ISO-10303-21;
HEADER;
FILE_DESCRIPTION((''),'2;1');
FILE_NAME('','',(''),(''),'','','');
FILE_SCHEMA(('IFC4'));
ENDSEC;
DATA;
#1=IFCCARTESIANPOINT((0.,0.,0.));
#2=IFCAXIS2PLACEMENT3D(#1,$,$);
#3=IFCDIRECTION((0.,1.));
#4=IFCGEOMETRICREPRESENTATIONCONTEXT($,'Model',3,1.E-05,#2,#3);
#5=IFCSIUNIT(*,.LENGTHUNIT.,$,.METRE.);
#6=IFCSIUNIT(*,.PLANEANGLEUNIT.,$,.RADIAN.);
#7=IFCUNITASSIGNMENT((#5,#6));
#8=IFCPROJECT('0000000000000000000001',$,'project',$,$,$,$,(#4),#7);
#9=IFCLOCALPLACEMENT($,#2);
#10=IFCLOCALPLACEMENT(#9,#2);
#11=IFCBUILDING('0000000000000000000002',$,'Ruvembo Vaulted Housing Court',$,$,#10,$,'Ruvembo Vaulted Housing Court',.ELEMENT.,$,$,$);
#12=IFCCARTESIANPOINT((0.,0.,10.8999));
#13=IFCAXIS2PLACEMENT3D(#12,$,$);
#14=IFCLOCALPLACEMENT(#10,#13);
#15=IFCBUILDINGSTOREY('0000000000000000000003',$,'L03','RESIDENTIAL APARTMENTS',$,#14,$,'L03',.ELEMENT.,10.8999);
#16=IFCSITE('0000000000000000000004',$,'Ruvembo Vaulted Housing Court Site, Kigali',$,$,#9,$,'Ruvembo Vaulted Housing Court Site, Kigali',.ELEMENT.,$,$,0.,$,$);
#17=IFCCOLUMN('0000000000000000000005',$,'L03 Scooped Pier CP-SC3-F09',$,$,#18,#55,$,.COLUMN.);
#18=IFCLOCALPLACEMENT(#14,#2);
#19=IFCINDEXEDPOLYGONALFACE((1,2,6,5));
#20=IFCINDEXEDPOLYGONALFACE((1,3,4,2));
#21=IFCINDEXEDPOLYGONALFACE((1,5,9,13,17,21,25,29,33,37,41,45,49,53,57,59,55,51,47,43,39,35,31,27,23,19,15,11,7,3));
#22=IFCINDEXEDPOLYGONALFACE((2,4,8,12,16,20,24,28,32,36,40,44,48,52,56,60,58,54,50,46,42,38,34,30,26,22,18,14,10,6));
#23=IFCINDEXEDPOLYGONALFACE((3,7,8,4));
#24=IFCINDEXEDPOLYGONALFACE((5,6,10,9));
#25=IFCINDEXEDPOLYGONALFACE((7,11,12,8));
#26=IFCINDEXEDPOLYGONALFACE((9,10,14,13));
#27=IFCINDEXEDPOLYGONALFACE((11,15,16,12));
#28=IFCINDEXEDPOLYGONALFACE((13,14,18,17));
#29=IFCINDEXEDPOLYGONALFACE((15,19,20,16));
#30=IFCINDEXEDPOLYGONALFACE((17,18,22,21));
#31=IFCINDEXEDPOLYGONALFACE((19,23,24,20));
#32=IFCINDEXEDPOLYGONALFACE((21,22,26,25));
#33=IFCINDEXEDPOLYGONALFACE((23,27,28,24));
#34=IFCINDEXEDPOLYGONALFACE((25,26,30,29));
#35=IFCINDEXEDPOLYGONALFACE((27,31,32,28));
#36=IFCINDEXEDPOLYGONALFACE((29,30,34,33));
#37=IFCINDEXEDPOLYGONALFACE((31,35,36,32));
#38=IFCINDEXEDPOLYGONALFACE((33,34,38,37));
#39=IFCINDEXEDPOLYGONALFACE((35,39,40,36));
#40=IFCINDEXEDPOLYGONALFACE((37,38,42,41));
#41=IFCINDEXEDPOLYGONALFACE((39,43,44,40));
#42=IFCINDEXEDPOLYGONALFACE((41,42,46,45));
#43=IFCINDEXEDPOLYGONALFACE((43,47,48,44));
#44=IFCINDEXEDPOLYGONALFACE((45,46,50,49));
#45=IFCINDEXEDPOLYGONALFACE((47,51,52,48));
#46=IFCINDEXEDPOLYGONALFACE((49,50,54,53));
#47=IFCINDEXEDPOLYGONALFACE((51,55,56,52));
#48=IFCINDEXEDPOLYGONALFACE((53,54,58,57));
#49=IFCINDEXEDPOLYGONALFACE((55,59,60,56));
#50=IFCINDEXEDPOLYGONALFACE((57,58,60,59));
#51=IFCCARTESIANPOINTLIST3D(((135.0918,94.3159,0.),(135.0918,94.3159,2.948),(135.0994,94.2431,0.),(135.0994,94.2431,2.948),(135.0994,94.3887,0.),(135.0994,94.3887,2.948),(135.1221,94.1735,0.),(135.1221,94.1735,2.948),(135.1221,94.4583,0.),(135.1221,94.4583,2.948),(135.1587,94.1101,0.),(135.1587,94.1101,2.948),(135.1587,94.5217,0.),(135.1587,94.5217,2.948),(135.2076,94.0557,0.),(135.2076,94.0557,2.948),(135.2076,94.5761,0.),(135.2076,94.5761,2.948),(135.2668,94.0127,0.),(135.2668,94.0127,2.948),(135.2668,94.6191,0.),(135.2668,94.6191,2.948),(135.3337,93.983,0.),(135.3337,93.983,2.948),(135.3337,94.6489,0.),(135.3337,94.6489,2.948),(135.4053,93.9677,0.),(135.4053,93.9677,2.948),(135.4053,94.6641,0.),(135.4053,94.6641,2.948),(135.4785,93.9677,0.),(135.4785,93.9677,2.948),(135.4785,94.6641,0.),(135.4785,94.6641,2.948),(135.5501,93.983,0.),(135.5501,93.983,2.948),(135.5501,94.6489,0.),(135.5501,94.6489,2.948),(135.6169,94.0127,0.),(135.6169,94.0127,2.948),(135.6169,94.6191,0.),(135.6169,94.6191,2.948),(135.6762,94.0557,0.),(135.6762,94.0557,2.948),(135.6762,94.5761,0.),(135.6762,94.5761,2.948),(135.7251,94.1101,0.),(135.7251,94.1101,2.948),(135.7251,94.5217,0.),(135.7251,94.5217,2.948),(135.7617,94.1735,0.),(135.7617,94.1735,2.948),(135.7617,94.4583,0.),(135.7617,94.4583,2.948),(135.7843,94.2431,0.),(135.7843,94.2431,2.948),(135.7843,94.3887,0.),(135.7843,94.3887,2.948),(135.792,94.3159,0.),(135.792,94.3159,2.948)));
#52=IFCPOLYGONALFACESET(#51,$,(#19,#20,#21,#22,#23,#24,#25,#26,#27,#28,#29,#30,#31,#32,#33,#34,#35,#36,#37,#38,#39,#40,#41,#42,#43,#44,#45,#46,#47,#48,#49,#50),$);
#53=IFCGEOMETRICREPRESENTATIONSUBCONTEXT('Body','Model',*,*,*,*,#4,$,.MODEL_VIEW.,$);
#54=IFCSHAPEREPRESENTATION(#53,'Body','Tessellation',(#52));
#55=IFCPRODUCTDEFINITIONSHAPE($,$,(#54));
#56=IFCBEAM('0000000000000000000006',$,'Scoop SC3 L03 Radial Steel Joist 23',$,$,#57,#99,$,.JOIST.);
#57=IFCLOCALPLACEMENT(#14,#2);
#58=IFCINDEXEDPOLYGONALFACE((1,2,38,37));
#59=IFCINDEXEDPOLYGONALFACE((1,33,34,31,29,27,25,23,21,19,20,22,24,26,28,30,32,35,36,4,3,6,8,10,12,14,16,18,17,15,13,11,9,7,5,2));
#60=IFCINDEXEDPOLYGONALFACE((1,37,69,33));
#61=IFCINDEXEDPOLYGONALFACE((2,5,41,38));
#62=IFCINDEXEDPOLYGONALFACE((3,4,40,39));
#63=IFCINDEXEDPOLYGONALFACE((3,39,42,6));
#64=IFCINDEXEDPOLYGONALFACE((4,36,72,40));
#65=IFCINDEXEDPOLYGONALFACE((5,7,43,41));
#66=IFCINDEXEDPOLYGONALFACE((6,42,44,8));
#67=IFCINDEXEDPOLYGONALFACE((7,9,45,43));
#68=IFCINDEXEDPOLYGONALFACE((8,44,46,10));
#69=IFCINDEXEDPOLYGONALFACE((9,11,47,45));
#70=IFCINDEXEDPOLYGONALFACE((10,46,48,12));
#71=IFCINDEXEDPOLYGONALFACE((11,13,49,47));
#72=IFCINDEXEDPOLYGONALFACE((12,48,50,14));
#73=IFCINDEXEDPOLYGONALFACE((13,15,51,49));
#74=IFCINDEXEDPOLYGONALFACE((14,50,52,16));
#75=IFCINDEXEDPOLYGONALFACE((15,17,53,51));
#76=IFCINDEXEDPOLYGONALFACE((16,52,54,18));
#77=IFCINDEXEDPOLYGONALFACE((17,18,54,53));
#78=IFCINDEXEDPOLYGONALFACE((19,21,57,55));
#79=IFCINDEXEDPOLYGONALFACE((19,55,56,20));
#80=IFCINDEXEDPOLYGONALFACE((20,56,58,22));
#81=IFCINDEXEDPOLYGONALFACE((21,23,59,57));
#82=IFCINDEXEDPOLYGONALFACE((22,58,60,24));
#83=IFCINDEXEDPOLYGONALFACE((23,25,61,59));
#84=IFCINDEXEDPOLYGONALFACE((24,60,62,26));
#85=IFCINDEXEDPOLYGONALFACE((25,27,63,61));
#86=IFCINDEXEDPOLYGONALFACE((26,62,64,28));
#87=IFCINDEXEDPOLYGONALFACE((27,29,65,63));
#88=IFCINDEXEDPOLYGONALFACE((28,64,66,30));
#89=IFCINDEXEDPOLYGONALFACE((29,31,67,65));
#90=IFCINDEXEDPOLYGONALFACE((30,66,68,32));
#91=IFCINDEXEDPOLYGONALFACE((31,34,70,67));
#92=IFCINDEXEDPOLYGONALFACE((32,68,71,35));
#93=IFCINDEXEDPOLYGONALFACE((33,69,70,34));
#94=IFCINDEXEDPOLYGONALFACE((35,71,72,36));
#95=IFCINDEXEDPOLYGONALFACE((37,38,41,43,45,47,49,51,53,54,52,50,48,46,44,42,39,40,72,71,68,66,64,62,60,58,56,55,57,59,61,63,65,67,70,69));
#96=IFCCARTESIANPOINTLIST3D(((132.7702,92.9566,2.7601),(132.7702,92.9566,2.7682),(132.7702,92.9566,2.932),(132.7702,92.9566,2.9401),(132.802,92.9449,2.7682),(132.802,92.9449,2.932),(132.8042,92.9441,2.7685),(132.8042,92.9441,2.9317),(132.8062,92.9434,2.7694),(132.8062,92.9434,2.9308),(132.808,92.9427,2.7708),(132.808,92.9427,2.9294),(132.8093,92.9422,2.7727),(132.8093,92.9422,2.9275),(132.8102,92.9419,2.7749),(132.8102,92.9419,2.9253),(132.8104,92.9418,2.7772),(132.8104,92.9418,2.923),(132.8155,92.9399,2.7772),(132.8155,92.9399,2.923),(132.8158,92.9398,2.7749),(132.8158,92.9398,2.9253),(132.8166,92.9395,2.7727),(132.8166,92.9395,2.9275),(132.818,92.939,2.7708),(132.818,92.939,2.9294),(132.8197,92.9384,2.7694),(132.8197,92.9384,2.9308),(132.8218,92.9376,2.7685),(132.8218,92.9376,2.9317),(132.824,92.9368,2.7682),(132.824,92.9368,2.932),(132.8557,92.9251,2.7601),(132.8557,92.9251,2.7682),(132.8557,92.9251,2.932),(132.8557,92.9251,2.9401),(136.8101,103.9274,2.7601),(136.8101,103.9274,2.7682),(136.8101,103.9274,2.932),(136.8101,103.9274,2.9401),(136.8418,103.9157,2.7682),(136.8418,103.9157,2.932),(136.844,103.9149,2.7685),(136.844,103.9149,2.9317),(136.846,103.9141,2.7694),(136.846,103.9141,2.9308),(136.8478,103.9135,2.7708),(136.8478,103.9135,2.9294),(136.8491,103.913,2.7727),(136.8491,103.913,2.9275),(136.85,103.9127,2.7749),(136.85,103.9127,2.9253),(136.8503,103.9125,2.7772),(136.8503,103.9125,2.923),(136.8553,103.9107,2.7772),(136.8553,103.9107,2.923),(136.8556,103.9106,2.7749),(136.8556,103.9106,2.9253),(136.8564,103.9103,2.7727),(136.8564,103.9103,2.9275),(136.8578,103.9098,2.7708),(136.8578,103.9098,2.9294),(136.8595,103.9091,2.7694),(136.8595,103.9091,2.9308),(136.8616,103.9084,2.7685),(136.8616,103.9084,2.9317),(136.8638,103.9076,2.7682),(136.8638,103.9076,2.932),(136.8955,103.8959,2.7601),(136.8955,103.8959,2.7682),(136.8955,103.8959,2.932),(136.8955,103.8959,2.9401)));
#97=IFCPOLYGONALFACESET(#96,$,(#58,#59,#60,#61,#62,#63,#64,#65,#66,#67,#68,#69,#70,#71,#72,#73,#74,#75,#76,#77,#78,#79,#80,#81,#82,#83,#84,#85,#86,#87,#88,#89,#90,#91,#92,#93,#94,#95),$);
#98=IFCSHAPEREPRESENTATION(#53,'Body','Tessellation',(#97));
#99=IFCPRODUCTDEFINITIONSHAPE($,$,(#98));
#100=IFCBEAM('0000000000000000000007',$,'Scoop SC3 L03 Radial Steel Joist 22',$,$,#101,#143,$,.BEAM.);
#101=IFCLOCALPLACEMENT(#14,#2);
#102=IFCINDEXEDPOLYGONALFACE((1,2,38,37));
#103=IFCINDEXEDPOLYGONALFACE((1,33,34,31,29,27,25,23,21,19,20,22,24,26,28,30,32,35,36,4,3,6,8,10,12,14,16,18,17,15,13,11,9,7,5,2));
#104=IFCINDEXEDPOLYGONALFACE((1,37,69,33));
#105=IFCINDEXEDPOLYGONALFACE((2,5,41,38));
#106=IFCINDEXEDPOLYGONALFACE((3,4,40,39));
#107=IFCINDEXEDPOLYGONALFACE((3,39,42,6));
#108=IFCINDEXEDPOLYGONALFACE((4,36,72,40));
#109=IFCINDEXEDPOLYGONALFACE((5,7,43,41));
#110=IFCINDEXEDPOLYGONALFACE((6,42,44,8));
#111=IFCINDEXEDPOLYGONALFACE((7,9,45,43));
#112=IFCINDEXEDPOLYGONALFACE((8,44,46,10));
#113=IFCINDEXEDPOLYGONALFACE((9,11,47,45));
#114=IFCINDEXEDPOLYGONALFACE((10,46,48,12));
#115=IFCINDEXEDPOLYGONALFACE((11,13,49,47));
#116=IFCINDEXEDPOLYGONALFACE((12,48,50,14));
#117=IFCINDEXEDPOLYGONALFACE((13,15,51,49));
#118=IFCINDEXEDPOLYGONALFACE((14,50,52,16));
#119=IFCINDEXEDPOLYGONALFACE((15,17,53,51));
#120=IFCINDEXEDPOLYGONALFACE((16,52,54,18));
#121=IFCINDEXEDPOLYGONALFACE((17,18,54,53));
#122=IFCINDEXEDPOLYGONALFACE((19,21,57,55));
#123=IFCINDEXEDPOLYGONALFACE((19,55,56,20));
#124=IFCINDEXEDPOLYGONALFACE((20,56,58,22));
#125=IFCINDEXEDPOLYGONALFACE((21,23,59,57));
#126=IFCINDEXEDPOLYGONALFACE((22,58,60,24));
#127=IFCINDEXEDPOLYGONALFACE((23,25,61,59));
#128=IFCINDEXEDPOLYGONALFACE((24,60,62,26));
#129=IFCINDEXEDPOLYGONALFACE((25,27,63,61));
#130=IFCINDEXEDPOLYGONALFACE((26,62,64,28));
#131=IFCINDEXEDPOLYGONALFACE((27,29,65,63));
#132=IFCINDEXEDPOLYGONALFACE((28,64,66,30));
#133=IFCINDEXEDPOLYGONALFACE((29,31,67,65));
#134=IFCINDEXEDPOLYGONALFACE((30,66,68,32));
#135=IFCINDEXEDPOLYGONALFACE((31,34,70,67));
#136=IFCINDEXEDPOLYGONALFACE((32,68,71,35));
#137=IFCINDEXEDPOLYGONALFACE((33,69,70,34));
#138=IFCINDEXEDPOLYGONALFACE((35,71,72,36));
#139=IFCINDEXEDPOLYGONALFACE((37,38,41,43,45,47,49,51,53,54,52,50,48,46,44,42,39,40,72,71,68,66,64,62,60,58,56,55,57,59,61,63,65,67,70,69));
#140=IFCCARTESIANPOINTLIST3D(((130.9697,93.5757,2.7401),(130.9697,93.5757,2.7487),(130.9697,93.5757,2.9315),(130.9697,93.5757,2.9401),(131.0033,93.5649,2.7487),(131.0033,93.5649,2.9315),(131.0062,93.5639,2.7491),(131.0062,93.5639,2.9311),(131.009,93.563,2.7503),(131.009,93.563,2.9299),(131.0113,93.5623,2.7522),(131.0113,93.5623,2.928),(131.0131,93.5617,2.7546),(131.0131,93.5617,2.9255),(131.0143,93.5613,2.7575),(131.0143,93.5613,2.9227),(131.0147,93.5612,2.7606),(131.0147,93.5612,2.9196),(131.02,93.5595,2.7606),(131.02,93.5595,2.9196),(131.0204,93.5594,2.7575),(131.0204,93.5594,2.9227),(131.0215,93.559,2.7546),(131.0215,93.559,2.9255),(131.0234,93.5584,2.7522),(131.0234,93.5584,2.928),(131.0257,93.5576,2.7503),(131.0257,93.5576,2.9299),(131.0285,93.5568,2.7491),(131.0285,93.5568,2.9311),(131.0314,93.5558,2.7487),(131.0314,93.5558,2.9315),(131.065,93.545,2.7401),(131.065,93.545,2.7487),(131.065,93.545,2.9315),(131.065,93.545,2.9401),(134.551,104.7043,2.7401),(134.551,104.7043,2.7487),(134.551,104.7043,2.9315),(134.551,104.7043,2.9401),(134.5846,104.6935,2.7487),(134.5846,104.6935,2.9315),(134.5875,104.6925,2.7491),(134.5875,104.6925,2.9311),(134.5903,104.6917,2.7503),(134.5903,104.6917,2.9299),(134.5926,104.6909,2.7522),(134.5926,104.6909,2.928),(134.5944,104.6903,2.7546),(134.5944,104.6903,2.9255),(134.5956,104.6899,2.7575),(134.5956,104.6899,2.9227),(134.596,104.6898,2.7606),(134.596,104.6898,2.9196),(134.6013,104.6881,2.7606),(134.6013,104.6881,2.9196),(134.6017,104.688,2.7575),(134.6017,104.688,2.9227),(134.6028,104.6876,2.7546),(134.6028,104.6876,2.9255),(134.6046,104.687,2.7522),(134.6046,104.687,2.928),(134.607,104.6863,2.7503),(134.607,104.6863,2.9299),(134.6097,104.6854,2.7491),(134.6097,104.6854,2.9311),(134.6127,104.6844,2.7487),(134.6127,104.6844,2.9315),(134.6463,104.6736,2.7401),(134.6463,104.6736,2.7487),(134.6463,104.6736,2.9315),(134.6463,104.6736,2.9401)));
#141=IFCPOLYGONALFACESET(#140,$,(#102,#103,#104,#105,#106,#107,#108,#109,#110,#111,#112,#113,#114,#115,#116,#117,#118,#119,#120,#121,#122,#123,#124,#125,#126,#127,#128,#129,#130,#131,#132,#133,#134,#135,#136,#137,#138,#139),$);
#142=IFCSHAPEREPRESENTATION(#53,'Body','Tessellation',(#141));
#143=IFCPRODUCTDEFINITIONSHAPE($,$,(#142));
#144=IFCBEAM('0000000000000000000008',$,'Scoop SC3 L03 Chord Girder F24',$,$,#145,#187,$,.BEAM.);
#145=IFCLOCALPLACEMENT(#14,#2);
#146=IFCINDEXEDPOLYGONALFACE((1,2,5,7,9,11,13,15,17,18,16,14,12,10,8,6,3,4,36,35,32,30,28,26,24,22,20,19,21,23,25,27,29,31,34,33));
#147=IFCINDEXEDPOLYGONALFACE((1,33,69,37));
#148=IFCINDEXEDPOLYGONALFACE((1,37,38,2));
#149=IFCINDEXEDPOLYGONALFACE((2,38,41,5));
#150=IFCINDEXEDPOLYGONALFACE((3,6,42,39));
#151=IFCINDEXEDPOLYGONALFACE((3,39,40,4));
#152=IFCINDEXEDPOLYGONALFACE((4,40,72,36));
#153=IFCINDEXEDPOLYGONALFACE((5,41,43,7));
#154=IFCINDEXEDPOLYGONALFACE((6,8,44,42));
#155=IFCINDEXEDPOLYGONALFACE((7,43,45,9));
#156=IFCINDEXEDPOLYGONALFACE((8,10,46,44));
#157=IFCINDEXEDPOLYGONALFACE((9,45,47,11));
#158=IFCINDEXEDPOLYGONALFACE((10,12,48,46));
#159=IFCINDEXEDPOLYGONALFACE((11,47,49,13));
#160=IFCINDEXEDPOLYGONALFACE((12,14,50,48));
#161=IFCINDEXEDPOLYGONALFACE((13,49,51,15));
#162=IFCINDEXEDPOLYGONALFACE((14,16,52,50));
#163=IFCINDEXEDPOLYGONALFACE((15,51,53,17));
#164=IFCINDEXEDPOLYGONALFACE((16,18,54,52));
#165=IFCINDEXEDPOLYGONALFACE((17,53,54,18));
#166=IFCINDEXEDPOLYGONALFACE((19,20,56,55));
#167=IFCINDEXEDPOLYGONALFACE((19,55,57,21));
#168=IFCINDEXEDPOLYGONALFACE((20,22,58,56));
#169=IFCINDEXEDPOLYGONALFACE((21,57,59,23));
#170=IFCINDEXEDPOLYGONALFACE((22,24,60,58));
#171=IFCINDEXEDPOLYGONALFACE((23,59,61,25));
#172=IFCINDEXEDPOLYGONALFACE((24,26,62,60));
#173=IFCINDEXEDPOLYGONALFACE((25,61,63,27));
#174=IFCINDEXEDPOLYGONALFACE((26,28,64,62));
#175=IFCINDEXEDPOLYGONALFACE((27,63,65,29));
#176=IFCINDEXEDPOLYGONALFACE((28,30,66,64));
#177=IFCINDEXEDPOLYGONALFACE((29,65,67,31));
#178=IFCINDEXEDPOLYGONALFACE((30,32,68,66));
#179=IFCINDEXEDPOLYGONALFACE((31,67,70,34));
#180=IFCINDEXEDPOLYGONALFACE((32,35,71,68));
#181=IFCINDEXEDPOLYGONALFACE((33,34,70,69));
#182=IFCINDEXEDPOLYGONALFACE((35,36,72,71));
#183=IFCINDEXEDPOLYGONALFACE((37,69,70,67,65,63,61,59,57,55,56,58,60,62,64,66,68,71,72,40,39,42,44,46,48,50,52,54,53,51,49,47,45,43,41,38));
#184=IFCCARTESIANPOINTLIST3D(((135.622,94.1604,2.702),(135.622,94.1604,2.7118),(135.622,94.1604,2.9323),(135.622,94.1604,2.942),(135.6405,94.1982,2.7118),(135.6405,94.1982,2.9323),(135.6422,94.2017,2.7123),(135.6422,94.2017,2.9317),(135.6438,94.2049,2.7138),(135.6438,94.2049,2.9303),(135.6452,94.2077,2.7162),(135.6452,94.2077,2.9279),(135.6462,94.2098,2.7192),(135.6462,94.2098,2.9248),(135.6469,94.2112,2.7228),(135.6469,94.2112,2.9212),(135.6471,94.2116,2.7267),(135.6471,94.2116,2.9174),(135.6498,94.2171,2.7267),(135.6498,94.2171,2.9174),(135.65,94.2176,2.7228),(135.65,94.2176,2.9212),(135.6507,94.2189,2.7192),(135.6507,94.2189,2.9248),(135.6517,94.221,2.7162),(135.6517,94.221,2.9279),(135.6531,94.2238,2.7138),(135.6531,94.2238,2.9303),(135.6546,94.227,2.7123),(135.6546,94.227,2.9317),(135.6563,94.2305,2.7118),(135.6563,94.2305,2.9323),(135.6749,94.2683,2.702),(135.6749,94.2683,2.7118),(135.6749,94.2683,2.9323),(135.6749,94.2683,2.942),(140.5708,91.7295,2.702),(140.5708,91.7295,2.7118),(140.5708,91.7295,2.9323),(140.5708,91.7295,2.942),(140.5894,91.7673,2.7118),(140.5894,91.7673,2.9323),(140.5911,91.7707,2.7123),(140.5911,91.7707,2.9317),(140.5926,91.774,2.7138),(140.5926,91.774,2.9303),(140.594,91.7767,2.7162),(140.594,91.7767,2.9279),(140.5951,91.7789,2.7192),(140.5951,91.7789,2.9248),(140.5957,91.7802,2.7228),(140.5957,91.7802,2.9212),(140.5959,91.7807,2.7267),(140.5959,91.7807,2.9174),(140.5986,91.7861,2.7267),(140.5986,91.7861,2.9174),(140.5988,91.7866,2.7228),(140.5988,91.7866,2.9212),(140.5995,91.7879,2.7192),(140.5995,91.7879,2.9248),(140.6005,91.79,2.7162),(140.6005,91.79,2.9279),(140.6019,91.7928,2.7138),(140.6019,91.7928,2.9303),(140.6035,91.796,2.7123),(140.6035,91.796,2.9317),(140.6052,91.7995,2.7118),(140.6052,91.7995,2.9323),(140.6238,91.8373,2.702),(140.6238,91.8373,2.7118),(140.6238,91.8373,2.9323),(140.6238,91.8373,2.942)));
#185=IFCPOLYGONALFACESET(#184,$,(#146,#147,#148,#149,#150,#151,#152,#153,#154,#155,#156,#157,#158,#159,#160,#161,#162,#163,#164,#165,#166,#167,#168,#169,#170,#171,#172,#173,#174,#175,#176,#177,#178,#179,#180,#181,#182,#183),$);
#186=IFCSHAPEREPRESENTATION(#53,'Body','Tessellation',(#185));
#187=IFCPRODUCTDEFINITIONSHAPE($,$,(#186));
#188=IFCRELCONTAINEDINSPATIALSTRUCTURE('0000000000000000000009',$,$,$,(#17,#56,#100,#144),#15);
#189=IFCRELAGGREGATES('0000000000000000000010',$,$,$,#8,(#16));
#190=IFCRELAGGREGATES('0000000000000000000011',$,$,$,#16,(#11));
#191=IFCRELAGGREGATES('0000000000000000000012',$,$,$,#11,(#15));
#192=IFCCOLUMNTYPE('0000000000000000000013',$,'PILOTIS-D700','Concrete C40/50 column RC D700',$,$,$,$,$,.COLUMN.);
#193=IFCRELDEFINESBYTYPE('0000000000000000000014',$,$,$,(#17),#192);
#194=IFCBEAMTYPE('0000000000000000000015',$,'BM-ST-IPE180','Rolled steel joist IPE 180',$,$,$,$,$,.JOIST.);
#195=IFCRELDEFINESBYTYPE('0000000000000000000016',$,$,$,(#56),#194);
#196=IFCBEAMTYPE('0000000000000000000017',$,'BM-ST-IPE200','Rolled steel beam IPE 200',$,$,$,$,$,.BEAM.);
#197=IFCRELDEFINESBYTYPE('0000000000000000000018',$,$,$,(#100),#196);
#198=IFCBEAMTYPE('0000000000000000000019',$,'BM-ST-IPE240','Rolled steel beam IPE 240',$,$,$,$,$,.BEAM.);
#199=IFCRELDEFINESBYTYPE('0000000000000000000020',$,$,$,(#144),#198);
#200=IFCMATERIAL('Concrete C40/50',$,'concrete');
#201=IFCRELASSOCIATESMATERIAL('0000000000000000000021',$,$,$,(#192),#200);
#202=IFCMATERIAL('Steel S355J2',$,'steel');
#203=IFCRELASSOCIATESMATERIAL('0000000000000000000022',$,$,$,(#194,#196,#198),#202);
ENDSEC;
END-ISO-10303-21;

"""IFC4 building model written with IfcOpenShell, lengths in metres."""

from ifc_helpers import new_model, si_unit, direction, frame, origin, origin_2d, place, context, subcontext, project, spatial, circle, i_section, extrude, material, material_profile, profile_set, type_object, element, save


model = new_model("IFC4")

# Units and contexts
model_context = context("Model", 3, precision=1e-05, world=origin(), true_north=direction((0.0, 1.0)))
body_context = subcontext(model_context, "Body", "Model", "MODEL_VIEW")
ifc_project = project(units=[si_unit("LENGTHUNIT", "METRE"), si_unit("PLANEANGLEUNIT", "RADIAN")], contexts=[model_context])

# Site, building, storey
site_placement = place(None, origin())
site = spatial("IfcSite", under=ifc_project, at=site_placement, Name="Ruvembo Vaulted Housing Court Site, Kigali", LongName="Ruvembo Vaulted Housing Court Site, Kigali", CompositionType="ELEMENT", RefElevation=0.0)
building_placement = place(site_placement, origin())
building = spatial("IfcBuilding", under=site, at=building_placement, Name="Ruvembo Vaulted Housing Court", LongName="Ruvembo Vaulted Housing Court", CompositionType="ELEMENT")
storey_placement = place(building_placement, frame((0.0, 0.0, 10.8999)))
storey = spatial("IfcBuildingStorey", under=building, at=storey_placement, Name="L03", Description="RESIDENTIAL APARTMENTS", LongName="L03", CompositionType="ELEMENT", Elevation=10.8999)

# Column
ifc_material_1 = material(Name="Concrete C40/50", Category="concrete")
ifc_material_profile_1 = material_profile(ifc_material_1, circle(Radius=0.3501, at=origin_2d()), Name="RC D700")
ifc_profile_set_1 = profile_set([ifc_material_profile_1], Name="Concrete C40/50")
column_type = type_object("IfcColumnType", Name="PILOTIS-D700", Description="Concrete C40/50 column RC D700", PredefinedType="COLUMN", material=ifc_profile_set_1)
column_placement = place(storey_placement, frame((135.4419, 94.3159, 0.0), z_axis=(0.0, 0.0, 1.0), x_axis=(1.0, 0.0, 0.0)))
element("IfcColumn", 1, at=column_placement, inside=storey, type_object=column_type, Name="L03 Scooped Pier CP-SC3-F09", PredefinedType="COLUMN", context=body_context, shape_type="SweptSolid", body=[
    extrude(circle(Radius=0.3501, at=origin_2d()), origin(), (0.0, 0.0, 1.0), 2.948),
])

# Beams
ifc_material_2 = material(Name="Steel S355J2", Category="steel")
ifc_material_profile_2 = material_profile(ifc_material_2, i_section(OverallWidth=0.0911, OverallDepth=0.1799, WebThickness=0.0054, FlangeThickness=0.0081, FilletRadius=0.009, at=origin_2d()), Name="IPE 180")
ifc_profile_set_2 = profile_set([ifc_material_profile_2], Name="Steel S355J2")
beam_type_1 = type_object("IfcBeamType", Name="BM-ST-IPE180", Description="Rolled steel joist IPE 180", PredefinedType="JOIST", material=ifc_profile_set_2)
beam_1_placement = place(storey_placement, frame((136.8528, 103.9116, 2.8501), z_axis=(-0.345551, -0.9384, 0.0), x_axis=(0.9384, -0.345551, 0.0)))
element("IfcBeam", 2, at=beam_1_placement, inside=storey, type_object=beam_type_1, Name="Scoop SC3 L03 Radial Steel Joist 23", PredefinedType="JOIST", context=body_context, shape_type="SweptSolid", body=[
    extrude(i_section(OverallWidth=0.0911, OverallDepth=0.1799, WebThickness=0.0054, FlangeThickness=0.0081, FilletRadius=0.009, at=origin_2d()), origin(), (0.0, 0.0, 1.0), 11.6909),
])
ifc_material_profile_3 = material_profile(ifc_material_2, i_section(OverallWidth=0.1001, OverallDepth=0.2, WebThickness=0.0056, FlangeThickness=0.0085, FilletRadius=0.012, at=origin_2d()), Name="IPE 200")
ifc_profile_set_3 = profile_set([ifc_material_profile_3], Name="Steel S355J2")
beam_type_2 = type_object("IfcBeamType", Name="BM-ST-IPE200", Description="Rolled steel beam IPE 200", PredefinedType="BEAM", material=ifc_profile_set_3)
beam_2_placement = place(storey_placement, frame((134.5986, 104.689, 2.8401), z_axis=(-0.306337, -0.951923, 0.0), x_axis=(0.951923, -0.306337, 0.0)))
element("IfcBeam", 3, at=beam_2_placement, inside=storey, type_object=beam_type_2, Name="Scoop SC3 L03 Radial Steel Joist 22", PredefinedType="BEAM", context=body_context, shape_type="SweptSolid", body=[
    extrude(i_section(OverallWidth=0.1001, OverallDepth=0.2, WebThickness=0.0056, FlangeThickness=0.0085, FilletRadius=0.012, at=origin_2d()), origin(), (0.0, 0.0, 1.0), 11.6907),
])
ifc_material_profile_4 = material_profile(ifc_material_2, i_section(OverallWidth=0.1201, OverallDepth=0.24, WebThickness=0.0061, FlangeThickness=0.0098, FilletRadius=0.0149, at=origin_2d()), Name="IPE 240")
ifc_profile_set_4 = profile_set([ifc_material_profile_4], Name="Steel S355J2")
beam_type_3 = type_object("IfcBeamType", Name="BM-ST-IPE240", Description="Rolled steel beam IPE 240", PredefinedType="BEAM", material=ifc_profile_set_4)
beam_3_placement = place(storey_placement, frame((135.6484, 94.2144, 2.822), z_axis=(0.897558, -0.440897, 0.0), x_axis=(0.440897, 0.897558, 0.0)))
element("IfcBeam", 4, at=beam_3_placement, inside=storey, type_object=beam_type_3, Name="Scoop SC3 L03 Chord Girder F24", PredefinedType="BEAM", context=body_context, shape_type="SweptSolid", body=[
    extrude(i_section(OverallWidth=0.1201, OverallDepth=0.24, WebThickness=0.0061, FlangeThickness=0.0098, FilletRadius=0.0149, at=origin_2d()), origin(), (0.0, 0.0, 1.0), 5.5137),
])

save(model, "model.ifc")
